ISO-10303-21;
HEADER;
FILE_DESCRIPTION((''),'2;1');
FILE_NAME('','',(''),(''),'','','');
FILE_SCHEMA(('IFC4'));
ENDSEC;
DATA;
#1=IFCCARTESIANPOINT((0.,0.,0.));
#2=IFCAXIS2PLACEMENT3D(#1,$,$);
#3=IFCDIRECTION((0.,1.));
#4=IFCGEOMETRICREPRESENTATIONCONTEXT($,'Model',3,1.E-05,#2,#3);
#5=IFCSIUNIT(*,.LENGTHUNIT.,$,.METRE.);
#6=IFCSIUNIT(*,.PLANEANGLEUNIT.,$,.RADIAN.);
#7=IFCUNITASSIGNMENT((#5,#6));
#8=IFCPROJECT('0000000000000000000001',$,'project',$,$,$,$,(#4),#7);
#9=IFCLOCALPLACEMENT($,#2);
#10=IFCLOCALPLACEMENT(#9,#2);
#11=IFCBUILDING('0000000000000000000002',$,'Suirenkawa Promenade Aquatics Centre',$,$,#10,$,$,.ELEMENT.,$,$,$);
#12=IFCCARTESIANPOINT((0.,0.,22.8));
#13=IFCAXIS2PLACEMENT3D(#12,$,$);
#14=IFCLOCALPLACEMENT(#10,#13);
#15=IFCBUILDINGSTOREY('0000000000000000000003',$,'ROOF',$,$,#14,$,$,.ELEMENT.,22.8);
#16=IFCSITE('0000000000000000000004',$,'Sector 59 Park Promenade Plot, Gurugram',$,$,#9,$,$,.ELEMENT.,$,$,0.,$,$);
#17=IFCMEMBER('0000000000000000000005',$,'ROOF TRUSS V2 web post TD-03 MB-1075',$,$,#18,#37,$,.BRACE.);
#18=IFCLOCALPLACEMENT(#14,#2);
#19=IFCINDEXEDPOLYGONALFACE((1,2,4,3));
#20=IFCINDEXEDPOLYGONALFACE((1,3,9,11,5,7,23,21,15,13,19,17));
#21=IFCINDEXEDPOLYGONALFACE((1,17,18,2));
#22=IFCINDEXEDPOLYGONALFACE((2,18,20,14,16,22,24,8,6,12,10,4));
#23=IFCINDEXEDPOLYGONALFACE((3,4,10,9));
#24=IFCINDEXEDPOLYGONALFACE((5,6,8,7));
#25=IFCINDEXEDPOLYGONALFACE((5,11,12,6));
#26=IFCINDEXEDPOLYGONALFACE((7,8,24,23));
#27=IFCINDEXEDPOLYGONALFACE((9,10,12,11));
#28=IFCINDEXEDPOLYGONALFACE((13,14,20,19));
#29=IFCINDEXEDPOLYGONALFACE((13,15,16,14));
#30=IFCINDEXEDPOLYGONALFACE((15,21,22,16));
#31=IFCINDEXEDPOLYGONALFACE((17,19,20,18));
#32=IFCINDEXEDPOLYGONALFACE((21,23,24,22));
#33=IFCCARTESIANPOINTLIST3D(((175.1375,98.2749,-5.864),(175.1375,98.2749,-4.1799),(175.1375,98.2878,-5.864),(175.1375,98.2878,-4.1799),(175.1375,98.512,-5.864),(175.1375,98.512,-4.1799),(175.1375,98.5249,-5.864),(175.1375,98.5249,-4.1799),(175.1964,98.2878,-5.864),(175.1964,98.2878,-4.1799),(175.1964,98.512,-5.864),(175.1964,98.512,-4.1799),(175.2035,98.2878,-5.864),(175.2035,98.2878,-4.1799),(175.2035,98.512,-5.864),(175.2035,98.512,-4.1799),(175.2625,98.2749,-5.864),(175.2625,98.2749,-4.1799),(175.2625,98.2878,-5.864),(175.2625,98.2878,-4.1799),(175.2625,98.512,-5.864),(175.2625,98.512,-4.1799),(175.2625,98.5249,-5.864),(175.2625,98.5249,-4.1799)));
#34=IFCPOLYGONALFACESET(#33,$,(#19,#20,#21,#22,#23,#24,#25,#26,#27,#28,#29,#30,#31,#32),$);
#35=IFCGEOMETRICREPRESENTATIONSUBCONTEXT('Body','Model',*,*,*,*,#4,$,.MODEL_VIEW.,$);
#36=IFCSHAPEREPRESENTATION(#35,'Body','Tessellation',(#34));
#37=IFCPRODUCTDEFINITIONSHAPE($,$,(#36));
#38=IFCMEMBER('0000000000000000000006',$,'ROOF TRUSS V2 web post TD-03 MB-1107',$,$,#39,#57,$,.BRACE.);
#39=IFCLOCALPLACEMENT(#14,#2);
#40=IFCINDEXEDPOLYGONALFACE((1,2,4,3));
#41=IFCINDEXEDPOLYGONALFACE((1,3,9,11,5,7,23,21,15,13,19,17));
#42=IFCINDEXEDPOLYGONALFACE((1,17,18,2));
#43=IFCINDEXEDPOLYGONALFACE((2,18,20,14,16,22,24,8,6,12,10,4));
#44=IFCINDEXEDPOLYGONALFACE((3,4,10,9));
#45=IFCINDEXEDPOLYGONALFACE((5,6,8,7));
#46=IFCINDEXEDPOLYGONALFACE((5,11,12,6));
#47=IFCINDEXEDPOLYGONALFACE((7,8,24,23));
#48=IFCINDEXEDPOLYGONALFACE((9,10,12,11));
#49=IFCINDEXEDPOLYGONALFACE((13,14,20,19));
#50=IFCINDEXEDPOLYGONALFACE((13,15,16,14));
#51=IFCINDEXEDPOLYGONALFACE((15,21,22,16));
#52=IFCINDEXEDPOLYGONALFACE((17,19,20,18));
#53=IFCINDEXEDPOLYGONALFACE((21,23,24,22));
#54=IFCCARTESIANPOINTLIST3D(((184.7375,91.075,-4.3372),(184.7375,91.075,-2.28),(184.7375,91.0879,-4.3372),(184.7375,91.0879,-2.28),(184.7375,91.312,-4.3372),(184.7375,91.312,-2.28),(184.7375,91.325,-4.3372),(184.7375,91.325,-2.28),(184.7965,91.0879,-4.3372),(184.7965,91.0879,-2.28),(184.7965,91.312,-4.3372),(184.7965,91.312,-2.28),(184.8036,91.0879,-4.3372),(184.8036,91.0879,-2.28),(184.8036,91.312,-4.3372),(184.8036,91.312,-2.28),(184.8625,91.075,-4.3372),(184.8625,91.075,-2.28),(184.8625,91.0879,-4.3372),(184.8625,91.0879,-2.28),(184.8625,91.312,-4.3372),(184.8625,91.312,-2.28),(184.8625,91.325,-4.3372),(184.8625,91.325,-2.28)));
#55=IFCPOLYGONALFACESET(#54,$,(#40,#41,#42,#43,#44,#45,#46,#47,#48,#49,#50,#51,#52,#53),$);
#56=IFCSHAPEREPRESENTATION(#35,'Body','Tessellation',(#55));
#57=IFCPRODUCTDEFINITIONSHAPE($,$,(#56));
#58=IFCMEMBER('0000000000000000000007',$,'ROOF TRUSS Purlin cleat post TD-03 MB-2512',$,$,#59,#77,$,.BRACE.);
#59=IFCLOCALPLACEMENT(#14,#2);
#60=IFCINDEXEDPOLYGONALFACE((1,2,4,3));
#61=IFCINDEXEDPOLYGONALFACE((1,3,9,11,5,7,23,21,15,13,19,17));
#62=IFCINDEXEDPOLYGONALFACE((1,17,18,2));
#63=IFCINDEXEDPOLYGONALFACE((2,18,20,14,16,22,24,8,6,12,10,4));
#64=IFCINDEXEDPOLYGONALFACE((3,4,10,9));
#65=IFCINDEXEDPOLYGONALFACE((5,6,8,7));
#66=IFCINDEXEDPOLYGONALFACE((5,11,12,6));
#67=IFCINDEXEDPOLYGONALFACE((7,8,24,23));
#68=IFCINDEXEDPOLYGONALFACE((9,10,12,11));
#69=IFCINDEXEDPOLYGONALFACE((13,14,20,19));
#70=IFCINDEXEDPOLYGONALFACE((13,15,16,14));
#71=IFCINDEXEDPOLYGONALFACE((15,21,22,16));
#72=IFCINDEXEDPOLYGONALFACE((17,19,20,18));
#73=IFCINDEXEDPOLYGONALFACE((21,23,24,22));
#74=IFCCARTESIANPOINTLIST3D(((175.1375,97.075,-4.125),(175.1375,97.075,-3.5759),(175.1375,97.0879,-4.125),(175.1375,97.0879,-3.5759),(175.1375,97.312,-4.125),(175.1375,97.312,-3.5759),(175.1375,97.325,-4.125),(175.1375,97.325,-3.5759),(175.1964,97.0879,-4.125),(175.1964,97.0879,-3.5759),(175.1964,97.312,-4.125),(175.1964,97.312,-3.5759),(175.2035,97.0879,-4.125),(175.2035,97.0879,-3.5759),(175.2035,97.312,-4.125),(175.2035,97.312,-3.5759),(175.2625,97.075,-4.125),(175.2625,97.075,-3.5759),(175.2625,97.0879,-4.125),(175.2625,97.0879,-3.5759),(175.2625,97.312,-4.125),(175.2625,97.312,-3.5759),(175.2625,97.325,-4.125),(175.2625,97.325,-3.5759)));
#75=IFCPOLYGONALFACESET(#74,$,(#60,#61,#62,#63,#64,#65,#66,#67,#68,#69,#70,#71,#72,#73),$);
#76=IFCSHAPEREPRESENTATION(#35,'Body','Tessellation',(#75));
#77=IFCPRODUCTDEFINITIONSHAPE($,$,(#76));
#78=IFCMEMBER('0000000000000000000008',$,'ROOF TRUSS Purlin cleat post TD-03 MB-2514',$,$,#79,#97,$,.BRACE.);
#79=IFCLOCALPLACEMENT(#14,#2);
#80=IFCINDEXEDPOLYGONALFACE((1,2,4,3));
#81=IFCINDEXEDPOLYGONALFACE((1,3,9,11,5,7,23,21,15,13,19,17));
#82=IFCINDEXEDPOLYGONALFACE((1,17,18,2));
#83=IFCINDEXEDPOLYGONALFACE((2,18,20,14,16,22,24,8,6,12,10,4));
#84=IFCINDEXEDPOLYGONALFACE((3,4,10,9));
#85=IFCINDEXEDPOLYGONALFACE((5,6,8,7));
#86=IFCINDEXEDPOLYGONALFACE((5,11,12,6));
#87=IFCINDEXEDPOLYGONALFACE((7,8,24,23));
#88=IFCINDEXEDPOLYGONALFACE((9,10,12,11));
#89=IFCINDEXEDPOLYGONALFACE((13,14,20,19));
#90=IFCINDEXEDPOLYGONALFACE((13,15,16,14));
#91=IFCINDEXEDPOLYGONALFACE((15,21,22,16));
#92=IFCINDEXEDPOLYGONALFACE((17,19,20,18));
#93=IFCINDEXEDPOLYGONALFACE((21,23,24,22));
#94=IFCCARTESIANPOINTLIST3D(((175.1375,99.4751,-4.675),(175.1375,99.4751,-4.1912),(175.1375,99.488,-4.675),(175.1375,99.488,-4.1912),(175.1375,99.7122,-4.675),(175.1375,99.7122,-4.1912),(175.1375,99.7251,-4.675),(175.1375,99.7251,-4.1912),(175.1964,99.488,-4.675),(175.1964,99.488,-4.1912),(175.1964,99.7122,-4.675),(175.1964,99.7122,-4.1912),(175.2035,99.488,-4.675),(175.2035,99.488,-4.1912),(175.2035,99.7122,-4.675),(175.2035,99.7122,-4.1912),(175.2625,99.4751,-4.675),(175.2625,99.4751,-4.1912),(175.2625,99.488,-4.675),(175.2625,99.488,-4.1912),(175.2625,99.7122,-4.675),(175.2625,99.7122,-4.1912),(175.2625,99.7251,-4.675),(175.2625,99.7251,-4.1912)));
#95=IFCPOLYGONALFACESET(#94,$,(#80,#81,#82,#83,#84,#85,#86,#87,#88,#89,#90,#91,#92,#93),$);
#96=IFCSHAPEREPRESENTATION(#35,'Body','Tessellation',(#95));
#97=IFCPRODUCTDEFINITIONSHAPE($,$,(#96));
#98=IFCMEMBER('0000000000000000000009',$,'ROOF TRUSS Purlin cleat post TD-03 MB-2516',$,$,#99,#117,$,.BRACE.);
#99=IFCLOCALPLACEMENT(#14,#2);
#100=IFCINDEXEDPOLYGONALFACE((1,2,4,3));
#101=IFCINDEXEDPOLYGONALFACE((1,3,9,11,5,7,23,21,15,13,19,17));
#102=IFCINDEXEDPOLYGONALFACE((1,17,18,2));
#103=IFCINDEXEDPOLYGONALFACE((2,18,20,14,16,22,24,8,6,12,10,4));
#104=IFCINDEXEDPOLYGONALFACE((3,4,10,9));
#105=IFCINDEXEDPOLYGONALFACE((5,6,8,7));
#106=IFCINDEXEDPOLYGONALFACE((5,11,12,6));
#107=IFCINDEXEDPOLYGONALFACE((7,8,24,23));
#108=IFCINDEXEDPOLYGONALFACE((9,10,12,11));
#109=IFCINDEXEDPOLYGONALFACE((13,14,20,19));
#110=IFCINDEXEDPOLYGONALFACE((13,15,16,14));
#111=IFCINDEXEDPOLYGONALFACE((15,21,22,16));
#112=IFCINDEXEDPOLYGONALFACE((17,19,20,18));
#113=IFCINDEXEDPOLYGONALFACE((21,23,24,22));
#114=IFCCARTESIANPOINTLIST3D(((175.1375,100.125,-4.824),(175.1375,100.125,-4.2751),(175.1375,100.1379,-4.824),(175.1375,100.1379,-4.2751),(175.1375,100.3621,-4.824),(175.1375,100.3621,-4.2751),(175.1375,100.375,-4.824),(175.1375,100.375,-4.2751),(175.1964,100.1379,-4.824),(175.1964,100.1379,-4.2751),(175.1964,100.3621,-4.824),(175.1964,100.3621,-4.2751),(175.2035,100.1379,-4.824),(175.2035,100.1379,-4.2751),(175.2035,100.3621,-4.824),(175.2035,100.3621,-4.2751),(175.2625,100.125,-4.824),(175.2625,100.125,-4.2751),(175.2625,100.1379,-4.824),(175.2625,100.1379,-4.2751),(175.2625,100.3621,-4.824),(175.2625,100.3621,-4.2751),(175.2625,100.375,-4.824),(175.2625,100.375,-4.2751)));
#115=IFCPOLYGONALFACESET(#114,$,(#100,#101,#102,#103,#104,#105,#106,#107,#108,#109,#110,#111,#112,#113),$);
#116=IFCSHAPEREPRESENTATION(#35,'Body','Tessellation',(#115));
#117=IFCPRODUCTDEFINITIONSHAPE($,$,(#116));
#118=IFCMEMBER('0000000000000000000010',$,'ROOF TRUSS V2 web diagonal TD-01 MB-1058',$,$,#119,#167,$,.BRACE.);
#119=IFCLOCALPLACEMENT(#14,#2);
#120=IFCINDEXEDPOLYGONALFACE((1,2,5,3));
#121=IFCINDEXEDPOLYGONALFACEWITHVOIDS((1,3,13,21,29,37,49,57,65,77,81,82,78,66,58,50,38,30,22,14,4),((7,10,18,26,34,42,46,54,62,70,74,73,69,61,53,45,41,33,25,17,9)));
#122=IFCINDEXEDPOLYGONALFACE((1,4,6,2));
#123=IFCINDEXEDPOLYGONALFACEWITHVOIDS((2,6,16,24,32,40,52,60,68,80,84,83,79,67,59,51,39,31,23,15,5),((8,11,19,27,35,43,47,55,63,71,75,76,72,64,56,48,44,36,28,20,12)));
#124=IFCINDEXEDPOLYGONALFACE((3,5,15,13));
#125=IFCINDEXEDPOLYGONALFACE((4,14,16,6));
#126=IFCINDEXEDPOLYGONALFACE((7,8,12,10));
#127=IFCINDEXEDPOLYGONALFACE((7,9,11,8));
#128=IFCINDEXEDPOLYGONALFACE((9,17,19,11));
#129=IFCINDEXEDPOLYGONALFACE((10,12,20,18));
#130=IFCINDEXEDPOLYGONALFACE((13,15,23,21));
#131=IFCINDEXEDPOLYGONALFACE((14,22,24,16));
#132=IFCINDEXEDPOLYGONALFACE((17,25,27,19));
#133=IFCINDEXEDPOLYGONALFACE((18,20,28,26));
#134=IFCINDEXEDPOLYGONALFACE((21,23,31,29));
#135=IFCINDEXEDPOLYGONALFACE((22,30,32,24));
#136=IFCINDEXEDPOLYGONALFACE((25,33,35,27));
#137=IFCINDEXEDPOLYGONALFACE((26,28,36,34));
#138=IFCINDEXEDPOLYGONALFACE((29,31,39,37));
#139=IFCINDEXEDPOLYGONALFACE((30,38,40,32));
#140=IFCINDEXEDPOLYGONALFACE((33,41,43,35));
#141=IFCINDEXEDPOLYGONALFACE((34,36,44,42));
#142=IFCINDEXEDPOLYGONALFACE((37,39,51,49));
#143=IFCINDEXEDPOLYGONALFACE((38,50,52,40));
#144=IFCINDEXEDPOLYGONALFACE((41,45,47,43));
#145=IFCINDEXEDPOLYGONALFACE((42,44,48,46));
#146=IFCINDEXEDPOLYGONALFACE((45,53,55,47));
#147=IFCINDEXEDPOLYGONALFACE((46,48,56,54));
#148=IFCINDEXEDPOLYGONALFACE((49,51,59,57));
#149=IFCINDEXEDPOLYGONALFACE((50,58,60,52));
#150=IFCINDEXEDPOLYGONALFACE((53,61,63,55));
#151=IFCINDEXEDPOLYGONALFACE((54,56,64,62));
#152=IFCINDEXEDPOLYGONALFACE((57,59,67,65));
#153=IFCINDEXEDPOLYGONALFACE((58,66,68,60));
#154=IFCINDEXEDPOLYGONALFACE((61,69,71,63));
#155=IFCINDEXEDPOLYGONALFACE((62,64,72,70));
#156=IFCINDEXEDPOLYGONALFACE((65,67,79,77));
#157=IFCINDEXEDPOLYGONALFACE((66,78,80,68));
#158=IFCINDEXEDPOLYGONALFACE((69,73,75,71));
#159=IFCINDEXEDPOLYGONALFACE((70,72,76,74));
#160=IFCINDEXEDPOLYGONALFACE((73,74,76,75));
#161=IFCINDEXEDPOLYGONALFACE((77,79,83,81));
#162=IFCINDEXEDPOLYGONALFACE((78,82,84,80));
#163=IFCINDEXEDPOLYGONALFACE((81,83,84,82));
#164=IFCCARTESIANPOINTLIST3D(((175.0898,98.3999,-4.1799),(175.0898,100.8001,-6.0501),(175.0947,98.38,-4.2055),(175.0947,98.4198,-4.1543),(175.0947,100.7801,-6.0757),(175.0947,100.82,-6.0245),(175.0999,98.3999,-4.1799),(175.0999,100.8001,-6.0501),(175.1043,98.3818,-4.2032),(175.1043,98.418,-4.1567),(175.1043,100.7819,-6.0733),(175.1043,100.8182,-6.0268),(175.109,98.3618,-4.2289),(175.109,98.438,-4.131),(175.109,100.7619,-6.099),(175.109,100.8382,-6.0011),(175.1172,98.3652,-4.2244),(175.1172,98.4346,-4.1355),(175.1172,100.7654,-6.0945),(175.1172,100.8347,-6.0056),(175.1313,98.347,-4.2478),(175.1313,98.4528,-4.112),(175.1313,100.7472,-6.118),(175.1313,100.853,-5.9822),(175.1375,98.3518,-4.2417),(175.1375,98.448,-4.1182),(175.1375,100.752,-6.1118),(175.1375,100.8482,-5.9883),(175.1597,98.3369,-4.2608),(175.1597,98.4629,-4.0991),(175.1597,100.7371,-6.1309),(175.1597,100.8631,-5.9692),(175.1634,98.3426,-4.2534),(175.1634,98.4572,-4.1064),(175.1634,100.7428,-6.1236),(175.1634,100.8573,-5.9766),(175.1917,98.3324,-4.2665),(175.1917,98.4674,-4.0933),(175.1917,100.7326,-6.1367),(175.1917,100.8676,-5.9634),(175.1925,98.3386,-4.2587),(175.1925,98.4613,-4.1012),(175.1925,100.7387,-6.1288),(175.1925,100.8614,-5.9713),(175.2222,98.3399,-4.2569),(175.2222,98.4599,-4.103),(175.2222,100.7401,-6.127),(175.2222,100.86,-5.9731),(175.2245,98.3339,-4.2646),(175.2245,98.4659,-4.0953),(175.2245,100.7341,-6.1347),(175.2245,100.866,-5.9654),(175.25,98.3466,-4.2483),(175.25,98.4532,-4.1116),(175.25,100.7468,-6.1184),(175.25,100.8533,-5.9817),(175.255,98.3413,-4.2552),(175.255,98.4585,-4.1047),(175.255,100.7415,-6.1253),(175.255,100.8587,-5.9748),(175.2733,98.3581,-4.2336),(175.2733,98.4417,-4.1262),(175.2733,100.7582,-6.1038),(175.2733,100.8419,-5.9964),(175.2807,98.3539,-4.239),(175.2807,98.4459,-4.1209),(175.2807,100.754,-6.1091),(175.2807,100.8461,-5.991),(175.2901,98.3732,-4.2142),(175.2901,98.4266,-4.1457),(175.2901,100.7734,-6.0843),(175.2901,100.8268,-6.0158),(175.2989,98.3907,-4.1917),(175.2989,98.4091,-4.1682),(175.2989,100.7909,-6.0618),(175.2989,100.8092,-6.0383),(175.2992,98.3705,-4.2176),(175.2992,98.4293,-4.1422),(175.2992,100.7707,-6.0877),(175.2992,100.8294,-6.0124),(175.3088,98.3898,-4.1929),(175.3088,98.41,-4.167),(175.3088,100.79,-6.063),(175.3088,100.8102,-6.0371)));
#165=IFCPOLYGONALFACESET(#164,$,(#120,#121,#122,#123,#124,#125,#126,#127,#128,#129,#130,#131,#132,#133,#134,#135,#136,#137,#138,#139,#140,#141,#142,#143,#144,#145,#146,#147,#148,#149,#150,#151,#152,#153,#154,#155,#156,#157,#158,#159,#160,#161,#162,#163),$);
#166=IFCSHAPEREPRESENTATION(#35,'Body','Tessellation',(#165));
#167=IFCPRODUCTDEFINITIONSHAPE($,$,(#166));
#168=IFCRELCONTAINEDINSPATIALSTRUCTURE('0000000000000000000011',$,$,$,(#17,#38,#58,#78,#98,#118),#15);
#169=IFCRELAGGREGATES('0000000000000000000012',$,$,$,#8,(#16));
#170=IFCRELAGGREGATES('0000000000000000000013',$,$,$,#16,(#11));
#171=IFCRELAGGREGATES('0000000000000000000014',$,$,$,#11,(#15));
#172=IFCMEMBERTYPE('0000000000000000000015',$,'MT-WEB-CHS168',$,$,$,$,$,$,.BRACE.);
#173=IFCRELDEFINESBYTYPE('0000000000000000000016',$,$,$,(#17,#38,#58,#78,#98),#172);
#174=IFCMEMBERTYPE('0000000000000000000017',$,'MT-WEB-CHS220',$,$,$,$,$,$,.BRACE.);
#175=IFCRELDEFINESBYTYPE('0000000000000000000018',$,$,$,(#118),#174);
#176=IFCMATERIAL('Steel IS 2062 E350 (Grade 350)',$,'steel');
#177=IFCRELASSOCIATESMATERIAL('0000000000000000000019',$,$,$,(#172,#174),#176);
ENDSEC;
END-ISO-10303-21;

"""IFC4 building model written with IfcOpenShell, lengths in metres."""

from ifc_helpers import new_model, si_unit, direction, frame, origin, origin_2d, place, context, subcontext, project, spatial, hollow_circle, i_section, extrude, material, material_profile, profile_set, type_object, element, save


model = new_model("IFC4")

# Units and contexts
model_context = context("Model", 3, precision=1e-05, world=origin(), true_north=direction((0.0, 1.0)))
body_context = subcontext(model_context, "Body", "Model", "MODEL_VIEW")
ifc_project = project(units=[si_unit("LENGTHUNIT", "METRE"), si_unit("PLANEANGLEUNIT", "RADIAN")], contexts=[model_context])

# Site, building, storey
site_placement = place(None, origin())
site = spatial("IfcSite", under=ifc_project, at=site_placement, Name="Sector 59 Park Promenade Plot, Gurugram", CompositionType="ELEMENT", RefElevation=0.0)
building_placement = place(site_placement, origin())
building = spatial("IfcBuilding", under=site, at=building_placement, Name="Suirenkawa Promenade Aquatics Centre", CompositionType="ELEMENT")
storey_placement = place(building_placement, frame((0.0, 0.0, 22.8)))
storey = spatial("IfcBuildingStorey", under=building, at=storey_placement, Name="ROOF", CompositionType="ELEMENT", Elevation=22.8)

# Shared definitions
ifc_material = material(Name="Steel IS 2062 E350 (Grade 350)", Category="steel")

# Members
ifc_material_profile_1 = material_profile(ifc_material, i_section(OverallWidth=0.125, OverallDepth=0.25, WebThickness=0.0071, FlangeThickness=0.0129, at=origin_2d()), Name="ISMB 250", Category="steel")
ifc_profile_set_1 = profile_set([ifc_material_profile_1], Name="Steel IS 2062 E350 (Grade 350)")
member_type_1 = type_object("IfcMemberType", Name="MT-WEB-CHS168", PredefinedType="BRACE", material=ifc_profile_set_1)
member_1_placement = place(storey_placement, frame((175.2, 98.3999, -5.864), z_axis=(0.0, 0.0, 1.0), x_axis=(1.0, 0.0, 0.0)))
element("IfcMember", 1, at=member_1_placement, inside=storey, type_object=member_type_1, Name="ROOF TRUSS V2 web post TD-03 MB-1075", PredefinedType="BRACE", context=body_context, shape_type="SweptSolid", body=[
    extrude(i_section(OverallWidth=0.125, OverallDepth=0.25, WebThickness=0.0071, FlangeThickness=0.0129, at=origin_2d()), origin(), (0.0, 0.0, 1.0), 1.6841),
])
member_2_placement = place(storey_placement, frame((184.8, 91.2, -4.3372), z_axis=(0.0, 0.0, 1.0), x_axis=(1.0, 0.0, 0.0)))
element("IfcMember", 2, at=member_2_placement, inside=storey, type_object=member_type_1, Name="ROOF TRUSS V2 web post TD-03 MB-1107", PredefinedType="BRACE", context=body_context, shape_type="SweptSolid", body=[
    extrude(i_section(OverallWidth=0.125, OverallDepth=0.25, WebThickness=0.0071, FlangeThickness=0.0129, at=origin_2d()), origin(), (0.0, 0.0, 1.0), 2.0571),
])
member_3_placement = place(storey_placement, frame((175.2, 97.2, -4.125), z_axis=(0.0, 0.0, 1.0), x_axis=(1.0, 0.0, 0.0)))
element("IfcMember", 3, at=member_3_placement, inside=storey, type_object=member_type_1, Name="ROOF TRUSS Purlin cleat post TD-03 MB-2512", PredefinedType="BRACE", context=body_context, shape_type="SweptSolid", body=[
    extrude(i_section(OverallWidth=0.125, OverallDepth=0.25, WebThickness=0.0071, FlangeThickness=0.0129, at=origin_2d()), origin(), (0.0, 0.0, 1.0), 0.5491),
])
member_4_placement = place(storey_placement, frame((175.2, 99.6001, -4.675), z_axis=(0.0, 0.0, 1.0), x_axis=(1.0, 0.0, 0.0)))
element("IfcMember", 4, at=member_4_placement, inside=storey, type_object=member_type_1, Name="ROOF TRUSS Purlin cleat post TD-03 MB-2514", PredefinedType="BRACE", context=body_context, shape_type="SweptSolid", body=[
    extrude(i_section(OverallWidth=0.125, OverallDepth=0.25, WebThickness=0.0071, FlangeThickness=0.0129, at=origin_2d()), origin(), (0.0, 0.0, 1.0), 0.4839),
])
member_5_placement = place(storey_placement, frame((175.2, 100.25, -4.824), z_axis=(0.0, 0.0, 1.0), x_axis=(1.0, 0.0, 0.0)))
element("IfcMember", 5, at=member_5_placement, inside=storey, type_object=member_type_1, Name="ROOF TRUSS Purlin cleat post TD-03 MB-2516", PredefinedType="BRACE", context=body_context, shape_type="SweptSolid", body=[
    extrude(i_section(OverallWidth=0.125, OverallDepth=0.25, WebThickness=0.0071, FlangeThickness=0.0129, at=origin_2d()), origin(), (0.0, 0.0, 1.0), 0.5488),
])
ifc_material_profile_2 = material_profile(ifc_material, hollow_circle(Radius=0.1101, WallThickness=0.01, at=origin_2d()), Name="CHS 220x10", Category="steel")
ifc_profile_set_2 = profile_set([ifc_material_profile_2], Name="Steel IS 2062 E350 (Grade 350)")
member_type_2 = type_object("IfcMemberType", Name="MT-WEB-CHS220", PredefinedType="BRACE", material=ifc_profile_set_2)
member_6_placement = place(storey_placement, frame((175.2, 98.3999, -4.1799), z_axis=(0.0, 0.78882, -0.614624), x_axis=(-1.0, 0.0, 0.0)))
element("IfcMember", 6, at=member_6_placement, inside=storey, type_object=member_type_2, Name="ROOF TRUSS V2 web diagonal TD-01 MB-1058", PredefinedType="BRACE", context=body_context, shape_type="SweptSolid", body=[
    extrude(hollow_circle(Radius=0.1101, WallThickness=0.01, at=origin_2d()), origin(), (0.0, 0.0, 1.0), 3.0427),
])

save(model, "model.ifc")
